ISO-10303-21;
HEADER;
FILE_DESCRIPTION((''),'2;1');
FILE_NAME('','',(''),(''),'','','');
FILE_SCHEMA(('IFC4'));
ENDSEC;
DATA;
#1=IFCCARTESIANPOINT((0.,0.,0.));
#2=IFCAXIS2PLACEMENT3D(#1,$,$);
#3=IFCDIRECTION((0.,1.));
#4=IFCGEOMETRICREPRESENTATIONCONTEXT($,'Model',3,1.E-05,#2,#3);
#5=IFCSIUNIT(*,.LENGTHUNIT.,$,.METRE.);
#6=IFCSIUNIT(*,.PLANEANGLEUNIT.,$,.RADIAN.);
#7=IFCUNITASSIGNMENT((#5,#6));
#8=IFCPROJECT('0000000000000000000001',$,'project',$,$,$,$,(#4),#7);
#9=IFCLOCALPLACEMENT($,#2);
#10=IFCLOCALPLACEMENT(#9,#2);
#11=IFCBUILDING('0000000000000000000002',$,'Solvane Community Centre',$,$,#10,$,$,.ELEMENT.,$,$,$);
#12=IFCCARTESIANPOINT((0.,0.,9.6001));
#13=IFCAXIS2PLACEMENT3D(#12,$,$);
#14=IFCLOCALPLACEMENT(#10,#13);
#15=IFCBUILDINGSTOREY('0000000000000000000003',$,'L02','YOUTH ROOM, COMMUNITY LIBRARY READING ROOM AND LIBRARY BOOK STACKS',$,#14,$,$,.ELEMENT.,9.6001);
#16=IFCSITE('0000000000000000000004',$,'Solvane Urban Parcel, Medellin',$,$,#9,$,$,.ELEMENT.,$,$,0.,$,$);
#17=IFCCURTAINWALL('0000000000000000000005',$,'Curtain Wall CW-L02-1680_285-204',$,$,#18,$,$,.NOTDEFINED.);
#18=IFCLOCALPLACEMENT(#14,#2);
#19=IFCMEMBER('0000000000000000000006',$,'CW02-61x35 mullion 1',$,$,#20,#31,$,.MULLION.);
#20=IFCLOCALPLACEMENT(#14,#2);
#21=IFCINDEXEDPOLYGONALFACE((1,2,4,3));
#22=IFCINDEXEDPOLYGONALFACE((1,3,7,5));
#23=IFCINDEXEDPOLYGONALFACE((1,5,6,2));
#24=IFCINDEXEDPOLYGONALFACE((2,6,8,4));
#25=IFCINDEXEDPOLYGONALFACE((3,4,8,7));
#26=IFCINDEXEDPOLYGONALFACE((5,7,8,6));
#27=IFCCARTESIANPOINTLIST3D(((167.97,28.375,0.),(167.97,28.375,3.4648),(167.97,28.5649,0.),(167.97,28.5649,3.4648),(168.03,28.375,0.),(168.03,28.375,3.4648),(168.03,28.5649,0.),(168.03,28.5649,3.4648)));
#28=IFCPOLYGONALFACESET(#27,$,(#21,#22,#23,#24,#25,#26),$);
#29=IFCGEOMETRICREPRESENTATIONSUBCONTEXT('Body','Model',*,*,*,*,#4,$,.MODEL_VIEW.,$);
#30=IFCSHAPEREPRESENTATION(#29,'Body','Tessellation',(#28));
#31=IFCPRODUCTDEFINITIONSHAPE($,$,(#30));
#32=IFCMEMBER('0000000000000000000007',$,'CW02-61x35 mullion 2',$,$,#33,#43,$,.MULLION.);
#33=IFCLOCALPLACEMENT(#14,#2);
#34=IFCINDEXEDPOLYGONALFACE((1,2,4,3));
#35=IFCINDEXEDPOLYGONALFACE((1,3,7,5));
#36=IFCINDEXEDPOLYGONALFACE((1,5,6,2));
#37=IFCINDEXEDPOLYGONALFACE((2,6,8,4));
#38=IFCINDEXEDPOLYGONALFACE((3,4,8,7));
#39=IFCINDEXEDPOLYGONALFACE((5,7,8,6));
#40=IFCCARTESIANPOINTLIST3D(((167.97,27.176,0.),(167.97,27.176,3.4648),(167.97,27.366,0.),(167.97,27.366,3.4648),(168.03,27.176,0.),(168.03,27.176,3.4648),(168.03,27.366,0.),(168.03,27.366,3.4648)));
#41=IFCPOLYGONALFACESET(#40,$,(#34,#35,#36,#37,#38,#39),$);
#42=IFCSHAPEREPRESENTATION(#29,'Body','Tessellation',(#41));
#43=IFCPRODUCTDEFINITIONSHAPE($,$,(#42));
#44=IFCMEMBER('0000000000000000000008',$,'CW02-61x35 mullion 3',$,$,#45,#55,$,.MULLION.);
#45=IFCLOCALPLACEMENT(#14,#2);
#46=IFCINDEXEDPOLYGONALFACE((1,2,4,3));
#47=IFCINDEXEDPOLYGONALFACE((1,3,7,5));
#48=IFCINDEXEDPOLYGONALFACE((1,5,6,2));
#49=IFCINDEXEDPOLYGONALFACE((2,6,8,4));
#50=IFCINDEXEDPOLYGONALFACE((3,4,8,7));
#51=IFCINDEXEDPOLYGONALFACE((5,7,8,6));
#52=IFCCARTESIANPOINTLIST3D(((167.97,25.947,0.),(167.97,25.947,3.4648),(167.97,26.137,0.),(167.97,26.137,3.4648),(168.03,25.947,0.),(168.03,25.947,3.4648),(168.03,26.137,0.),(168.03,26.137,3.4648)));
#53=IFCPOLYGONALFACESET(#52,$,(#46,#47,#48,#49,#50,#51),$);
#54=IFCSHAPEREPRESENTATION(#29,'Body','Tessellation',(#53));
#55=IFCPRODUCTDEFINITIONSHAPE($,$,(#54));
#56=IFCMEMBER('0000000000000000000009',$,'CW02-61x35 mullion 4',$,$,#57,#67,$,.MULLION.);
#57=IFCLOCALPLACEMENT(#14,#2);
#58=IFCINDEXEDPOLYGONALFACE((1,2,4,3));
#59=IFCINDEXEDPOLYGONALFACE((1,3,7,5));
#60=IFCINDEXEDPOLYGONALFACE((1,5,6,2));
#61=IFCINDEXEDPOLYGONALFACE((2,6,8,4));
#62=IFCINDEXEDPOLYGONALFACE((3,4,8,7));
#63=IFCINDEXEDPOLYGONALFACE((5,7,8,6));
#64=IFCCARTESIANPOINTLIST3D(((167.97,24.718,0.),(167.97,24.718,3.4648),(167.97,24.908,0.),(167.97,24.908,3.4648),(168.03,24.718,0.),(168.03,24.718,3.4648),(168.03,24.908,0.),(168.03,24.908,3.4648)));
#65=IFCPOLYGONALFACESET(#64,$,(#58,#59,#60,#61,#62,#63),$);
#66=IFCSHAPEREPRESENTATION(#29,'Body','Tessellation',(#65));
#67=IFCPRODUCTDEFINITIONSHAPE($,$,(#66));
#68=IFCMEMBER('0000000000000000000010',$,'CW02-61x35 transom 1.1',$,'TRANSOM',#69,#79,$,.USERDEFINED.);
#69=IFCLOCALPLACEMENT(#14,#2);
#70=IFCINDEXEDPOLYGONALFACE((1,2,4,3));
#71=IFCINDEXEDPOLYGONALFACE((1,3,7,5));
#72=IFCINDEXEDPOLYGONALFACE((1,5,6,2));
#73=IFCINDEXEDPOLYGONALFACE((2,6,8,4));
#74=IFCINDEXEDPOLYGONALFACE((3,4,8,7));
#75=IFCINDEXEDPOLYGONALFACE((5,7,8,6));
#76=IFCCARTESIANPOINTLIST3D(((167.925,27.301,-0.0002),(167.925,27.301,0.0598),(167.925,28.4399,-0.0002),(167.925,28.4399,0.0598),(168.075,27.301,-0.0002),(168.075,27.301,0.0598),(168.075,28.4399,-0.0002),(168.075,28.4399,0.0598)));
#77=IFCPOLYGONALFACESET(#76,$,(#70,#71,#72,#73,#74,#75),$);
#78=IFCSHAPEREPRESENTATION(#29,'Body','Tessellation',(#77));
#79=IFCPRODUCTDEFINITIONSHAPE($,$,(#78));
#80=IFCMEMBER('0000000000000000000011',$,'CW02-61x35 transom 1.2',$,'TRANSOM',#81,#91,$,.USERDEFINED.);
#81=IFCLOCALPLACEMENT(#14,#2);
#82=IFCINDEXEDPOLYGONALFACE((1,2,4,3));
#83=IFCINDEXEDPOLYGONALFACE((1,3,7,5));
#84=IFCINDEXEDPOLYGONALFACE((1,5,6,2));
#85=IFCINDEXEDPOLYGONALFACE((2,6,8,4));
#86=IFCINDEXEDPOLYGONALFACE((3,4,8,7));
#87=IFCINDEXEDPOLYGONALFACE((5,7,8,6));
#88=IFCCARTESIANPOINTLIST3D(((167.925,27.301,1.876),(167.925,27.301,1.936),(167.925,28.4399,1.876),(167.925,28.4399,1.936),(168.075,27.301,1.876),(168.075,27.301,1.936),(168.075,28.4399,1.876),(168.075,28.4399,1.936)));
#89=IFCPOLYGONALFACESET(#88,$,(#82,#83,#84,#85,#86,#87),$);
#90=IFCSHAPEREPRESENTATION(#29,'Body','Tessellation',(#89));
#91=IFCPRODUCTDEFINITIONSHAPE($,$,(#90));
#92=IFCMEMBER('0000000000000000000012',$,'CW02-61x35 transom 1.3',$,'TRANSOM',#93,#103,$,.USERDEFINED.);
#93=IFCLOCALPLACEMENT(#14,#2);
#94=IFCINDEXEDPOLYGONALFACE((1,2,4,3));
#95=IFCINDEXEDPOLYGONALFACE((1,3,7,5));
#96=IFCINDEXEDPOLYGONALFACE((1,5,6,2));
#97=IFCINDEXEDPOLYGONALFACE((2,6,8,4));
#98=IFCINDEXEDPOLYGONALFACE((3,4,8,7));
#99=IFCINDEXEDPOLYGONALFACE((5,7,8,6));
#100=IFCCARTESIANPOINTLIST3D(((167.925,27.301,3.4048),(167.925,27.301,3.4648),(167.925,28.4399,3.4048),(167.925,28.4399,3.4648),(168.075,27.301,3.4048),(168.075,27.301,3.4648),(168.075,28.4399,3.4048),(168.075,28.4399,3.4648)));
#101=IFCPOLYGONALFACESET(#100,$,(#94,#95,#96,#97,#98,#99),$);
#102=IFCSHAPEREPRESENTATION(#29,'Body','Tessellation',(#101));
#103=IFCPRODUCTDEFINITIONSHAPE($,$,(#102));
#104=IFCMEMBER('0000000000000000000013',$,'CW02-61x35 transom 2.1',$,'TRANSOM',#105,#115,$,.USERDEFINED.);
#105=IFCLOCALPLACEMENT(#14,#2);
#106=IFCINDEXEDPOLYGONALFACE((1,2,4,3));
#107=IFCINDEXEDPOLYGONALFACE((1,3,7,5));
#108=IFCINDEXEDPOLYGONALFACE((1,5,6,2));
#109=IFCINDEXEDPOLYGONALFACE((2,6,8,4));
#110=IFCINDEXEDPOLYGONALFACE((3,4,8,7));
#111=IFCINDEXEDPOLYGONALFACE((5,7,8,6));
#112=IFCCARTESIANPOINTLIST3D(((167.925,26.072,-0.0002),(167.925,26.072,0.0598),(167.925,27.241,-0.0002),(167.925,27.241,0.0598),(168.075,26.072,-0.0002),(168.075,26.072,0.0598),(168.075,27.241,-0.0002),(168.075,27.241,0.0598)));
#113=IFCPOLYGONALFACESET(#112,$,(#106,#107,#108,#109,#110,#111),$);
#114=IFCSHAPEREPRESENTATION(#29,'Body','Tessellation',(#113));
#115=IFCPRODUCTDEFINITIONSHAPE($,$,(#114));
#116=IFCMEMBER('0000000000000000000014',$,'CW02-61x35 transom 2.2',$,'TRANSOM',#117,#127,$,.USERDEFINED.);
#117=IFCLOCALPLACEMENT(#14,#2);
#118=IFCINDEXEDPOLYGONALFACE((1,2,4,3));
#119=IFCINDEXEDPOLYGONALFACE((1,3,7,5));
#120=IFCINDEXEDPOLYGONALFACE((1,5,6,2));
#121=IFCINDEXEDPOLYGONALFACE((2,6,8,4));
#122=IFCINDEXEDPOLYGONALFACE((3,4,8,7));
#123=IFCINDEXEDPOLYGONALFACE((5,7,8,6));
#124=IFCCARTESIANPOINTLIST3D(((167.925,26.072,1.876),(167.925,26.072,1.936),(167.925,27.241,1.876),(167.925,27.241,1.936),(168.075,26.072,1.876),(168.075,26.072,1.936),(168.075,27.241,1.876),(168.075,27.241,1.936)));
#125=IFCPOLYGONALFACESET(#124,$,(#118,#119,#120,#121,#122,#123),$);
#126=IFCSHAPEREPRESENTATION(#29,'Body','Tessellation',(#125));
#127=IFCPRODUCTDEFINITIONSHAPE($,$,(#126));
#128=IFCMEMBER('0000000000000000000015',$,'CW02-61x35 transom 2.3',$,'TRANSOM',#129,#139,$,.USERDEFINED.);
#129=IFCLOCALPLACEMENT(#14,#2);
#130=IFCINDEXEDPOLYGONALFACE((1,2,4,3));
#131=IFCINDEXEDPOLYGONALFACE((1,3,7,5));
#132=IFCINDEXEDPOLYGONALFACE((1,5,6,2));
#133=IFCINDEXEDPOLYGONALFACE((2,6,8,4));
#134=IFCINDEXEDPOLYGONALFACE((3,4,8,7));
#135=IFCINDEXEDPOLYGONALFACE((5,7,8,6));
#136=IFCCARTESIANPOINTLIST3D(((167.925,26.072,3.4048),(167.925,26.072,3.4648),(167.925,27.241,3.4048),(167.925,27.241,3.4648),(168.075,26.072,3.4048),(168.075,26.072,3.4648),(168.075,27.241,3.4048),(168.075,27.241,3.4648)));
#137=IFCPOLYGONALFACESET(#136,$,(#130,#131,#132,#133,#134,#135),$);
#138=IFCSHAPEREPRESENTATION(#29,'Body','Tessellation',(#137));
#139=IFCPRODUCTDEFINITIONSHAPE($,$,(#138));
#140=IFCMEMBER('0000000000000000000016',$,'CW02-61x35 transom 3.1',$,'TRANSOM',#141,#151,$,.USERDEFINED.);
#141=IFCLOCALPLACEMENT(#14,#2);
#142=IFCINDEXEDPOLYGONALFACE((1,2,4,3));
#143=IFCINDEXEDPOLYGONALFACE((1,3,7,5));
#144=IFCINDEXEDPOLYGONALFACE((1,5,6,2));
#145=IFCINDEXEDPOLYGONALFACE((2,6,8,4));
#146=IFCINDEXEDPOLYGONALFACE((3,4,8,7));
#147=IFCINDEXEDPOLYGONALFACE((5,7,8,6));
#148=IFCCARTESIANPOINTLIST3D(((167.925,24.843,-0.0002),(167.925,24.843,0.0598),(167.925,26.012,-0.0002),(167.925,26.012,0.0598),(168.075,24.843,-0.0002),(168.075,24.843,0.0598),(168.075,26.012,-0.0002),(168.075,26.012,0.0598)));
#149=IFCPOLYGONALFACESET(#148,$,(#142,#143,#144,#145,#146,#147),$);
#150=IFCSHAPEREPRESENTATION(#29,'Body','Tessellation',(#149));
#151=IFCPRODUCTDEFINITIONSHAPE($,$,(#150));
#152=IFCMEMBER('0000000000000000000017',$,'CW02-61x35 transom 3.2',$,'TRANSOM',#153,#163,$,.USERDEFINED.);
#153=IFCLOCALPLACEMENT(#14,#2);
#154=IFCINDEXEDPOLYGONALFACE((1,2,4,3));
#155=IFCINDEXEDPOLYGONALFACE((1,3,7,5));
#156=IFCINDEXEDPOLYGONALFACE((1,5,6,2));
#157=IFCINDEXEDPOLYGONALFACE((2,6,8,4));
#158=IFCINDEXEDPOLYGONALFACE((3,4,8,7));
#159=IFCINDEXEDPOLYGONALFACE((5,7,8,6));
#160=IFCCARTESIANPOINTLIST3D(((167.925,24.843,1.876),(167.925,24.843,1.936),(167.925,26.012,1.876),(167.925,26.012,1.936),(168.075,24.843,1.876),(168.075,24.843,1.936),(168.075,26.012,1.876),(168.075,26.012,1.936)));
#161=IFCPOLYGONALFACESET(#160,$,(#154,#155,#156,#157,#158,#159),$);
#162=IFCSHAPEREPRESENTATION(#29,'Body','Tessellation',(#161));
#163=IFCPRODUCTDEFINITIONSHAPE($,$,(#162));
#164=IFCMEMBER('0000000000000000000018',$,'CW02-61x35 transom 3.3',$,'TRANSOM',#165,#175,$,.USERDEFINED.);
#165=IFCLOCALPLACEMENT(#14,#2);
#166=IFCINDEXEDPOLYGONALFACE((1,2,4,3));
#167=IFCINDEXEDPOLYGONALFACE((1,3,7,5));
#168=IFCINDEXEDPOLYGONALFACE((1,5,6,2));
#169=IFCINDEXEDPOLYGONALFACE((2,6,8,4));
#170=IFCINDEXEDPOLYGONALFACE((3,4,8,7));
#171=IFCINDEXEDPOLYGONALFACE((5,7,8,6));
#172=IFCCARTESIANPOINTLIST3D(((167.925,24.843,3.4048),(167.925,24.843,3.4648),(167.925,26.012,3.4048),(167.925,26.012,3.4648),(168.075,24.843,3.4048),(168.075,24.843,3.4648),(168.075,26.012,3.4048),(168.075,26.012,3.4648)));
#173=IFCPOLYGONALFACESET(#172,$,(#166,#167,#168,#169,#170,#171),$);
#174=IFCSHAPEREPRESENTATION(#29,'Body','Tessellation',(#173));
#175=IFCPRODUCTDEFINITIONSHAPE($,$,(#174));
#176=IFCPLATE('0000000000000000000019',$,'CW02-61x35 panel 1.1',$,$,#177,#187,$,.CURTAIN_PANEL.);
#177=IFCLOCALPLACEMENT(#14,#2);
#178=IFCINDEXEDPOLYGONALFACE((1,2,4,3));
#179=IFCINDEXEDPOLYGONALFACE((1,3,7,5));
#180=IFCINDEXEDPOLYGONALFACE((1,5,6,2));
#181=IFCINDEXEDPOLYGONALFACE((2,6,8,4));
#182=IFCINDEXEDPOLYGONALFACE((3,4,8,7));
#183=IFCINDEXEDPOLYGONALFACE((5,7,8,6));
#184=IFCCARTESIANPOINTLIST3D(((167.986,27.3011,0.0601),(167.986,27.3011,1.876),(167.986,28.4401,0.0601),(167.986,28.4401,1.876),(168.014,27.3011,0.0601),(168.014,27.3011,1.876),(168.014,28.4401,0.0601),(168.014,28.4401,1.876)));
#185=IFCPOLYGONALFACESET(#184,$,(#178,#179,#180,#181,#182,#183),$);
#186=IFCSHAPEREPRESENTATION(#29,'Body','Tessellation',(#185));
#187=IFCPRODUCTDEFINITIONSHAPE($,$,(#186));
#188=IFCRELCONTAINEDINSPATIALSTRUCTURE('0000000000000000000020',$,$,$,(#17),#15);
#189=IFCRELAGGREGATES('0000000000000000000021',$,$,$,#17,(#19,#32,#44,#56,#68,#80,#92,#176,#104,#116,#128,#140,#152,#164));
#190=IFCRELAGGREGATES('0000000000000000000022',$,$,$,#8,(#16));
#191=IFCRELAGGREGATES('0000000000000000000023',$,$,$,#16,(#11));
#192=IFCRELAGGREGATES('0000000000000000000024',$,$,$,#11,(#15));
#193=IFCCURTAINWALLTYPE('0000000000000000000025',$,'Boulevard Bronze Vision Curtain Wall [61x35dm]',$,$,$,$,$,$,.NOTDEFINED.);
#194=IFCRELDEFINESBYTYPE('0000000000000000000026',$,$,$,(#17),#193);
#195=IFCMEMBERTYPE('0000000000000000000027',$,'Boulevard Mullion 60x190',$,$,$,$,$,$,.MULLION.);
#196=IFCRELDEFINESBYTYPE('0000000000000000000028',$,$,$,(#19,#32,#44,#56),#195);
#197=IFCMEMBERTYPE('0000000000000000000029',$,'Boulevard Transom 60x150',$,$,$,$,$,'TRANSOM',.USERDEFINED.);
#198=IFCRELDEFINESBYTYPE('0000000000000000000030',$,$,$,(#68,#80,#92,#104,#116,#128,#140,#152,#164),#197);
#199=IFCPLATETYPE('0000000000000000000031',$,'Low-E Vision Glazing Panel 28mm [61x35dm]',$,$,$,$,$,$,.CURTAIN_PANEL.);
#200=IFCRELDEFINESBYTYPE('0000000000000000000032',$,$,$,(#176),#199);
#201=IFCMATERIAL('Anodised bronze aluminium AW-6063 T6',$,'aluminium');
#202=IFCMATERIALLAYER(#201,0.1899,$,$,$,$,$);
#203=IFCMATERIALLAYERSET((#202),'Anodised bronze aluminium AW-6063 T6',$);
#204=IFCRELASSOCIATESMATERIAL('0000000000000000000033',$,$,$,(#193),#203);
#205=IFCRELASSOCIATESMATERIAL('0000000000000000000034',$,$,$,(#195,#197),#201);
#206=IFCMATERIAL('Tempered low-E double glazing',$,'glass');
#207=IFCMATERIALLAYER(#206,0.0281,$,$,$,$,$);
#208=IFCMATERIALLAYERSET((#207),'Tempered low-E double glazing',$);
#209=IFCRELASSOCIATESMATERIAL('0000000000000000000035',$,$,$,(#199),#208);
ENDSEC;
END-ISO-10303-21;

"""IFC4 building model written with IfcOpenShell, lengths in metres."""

from ifc_helpers import new_model, si_unit, direction, frame, origin, origin_2d, place, context, subcontext, project, spatial, rectangle, extrude, material, layer, layer_set, material_profile, profile_set, type_object, element, aggregate, save


model = new_model("IFC4")

# Units and contexts
model_context = context("Model", 3, precision=1e-05, world=origin(), true_north=direction((0.0, 1.0)))
body_context = subcontext(model_context, "Body", "Model", "MODEL_VIEW")
ifc_project = project(units=[si_unit("LENGTHUNIT", "METRE"), si_unit("PLANEANGLEUNIT", "RADIAN")], contexts=[model_context])

# Site, building, storey
site_placement = place(None, origin())
site = spatial("IfcSite", under=ifc_project, at=site_placement, Name="Solvane Urban Parcel, Medellin", CompositionType="ELEMENT", RefElevation=0.0)
building_placement = place(site_placement, origin())
building = spatial("IfcBuilding", under=site, at=building_placement, Name="Solvane Community Centre", CompositionType="ELEMENT")
storey_placement = place(building_placement, frame((0.0, 0.0, 9.6001)))
storey = spatial("IfcBuildingStorey", under=building, at=storey_placement, Name="L02", Description="YOUTH ROOM, COMMUNITY LIBRARY READING ROOM AND LIBRARY BOOK STACKS", CompositionType="ELEMENT", Elevation=9.6001)

# Curtain wall, members, plate
ifc_material_1 = material(Name="Anodised bronze aluminium AW-6063 T6", Category="aluminium")
ifc_layer_1 = layer(ifc_material_1, 0.1899)
ifc_layer_set_1 = layer_set([ifc_layer_1], Name="Anodised bronze aluminium AW-6063 T6")
curtain_wall_type = type_object("IfcCurtainWallType", Name="Boulevard Bronze Vision Curtain Wall [61x35dm]", PredefinedType="NOTDEFINED", material=ifc_layer_set_1)
curtain_wall_placement = place(storey_placement, origin())
curtain_wall = element("IfcCurtainWall", 1, at=curtain_wall_placement, inside=storey, type_object=curtain_wall_type, Name="Curtain Wall CW-L02-1680_285-204", PredefinedType="NOTDEFINED")
ifc_material_profile_1 = material_profile(ifc_material_1, rectangle(XDim=0.0601, YDim=0.1899, at=origin_2d()), Name="CW-M 60x190")
ifc_profile_set_1 = profile_set([ifc_material_profile_1], Name="Anodised bronze aluminium AW-6063 T6")
member_type_1 = type_object("IfcMemberType", Name="Boulevard Mullion 60x190", PredefinedType="MULLION", material=ifc_profile_set_1)
member_1_placement = place(storey_placement, frame((168.0, 28.47, 0.0), z_axis=(0.0, 0.0, 1.0), x_axis=(1.0, 0.0, 0.0)))
member_1 = element("IfcMember", 2, at=member_1_placement, type_object=member_type_1, Name="CW02-61x35 mullion 1", PredefinedType="MULLION", context=body_context, shape_type="SweptSolid", body=[
    extrude(rectangle(XDim=0.0601, YDim=0.1899, at=origin_2d()), origin(), (0.0, 0.0, 1.0), 3.4648),
])
member_2_placement = place(storey_placement, frame((168.0, 27.271, 0.0), z_axis=(0.0, 0.0, 1.0), x_axis=(1.0, 0.0, 0.0)))
member_2 = element("IfcMember", 3, at=member_2_placement, type_object=member_type_1, Name="CW02-61x35 mullion 2", PredefinedType="MULLION", context=body_context, shape_type="SweptSolid", body=[
    extrude(rectangle(XDim=0.0601, YDim=0.1899, at=origin_2d()), origin(), (0.0, 0.0, 1.0), 3.4648),
])
member_3_placement = place(storey_placement, frame((168.0, 26.042, 0.0), z_axis=(0.0, 0.0, 1.0), x_axis=(1.0, 0.0, 0.0)))
member_3 = element("IfcMember", 4, at=member_3_placement, type_object=member_type_1, Name="CW02-61x35 mullion 3", PredefinedType="MULLION", context=body_context, shape_type="SweptSolid", body=[
    extrude(rectangle(XDim=0.0601, YDim=0.1899, at=origin_2d()), origin(), (0.0, 0.0, 1.0), 3.4648),
])
member_4_placement = place(storey_placement, frame((168.0, 24.813, 0.0), z_axis=(0.0, 0.0, 1.0), x_axis=(1.0, 0.0, 0.0)))
member_4 = element("IfcMember", 5, at=member_4_placement, type_object=member_type_1, Name="CW02-61x35 mullion 4", PredefinedType="MULLION", context=body_context, shape_type="SweptSolid", body=[
    extrude(rectangle(XDim=0.0601, YDim=0.1899, at=origin_2d()), origin(), (0.0, 0.0, 1.0), 3.4648),
])
ifc_material_profile_2 = material_profile(ifc_material_1, rectangle(XDim=0.1499, YDim=0.0601, at=origin_2d()), Name="CW-T 60x150")
ifc_profile_set_2 = profile_set([ifc_material_profile_2], Name="Anodised bronze aluminium AW-6063 T6")
member_type_2 = type_object("IfcMemberType", Name="Boulevard Transom 60x150", ElementType="TRANSOM", PredefinedType="USERDEFINED", material=ifc_profile_set_2)
member_5_placement = place(storey_placement, frame((168.0, 28.4399, 0.0298), z_axis=(0.0, -1.0, 0.0), x_axis=(1.0, 0.0, 0.0)))
member_5 = element("IfcMember", 6, at=member_5_placement, type_object=member_type_2, Name="CW02-61x35 transom 1.1", ObjectType="TRANSOM", PredefinedType="USERDEFINED", context=body_context, shape_type="SweptSolid", body=[
    extrude(rectangle(XDim=0.1499, YDim=0.0601, at=origin_2d()), origin(), (0.0, 0.0, 1.0), 1.1389),
])
member_6_placement = place(storey_placement, frame((168.0, 28.4399, 1.906), z_axis=(0.0, -1.0, 0.0), x_axis=(1.0, 0.0, 0.0)))
member_6 = element("IfcMember", 7, at=member_6_placement, type_object=member_type_2, Name="CW02-61x35 transom 1.2", ObjectType="TRANSOM", PredefinedType="USERDEFINED", context=body_context, shape_type="SweptSolid", body=[
    extrude(rectangle(XDim=0.1499, YDim=0.0601, at=origin_2d()), origin(), (0.0, 0.0, 1.0), 1.1389),
])
member_7_placement = place(storey_placement, frame((168.0, 28.4399, 3.4348), z_axis=(0.0, -1.0, 0.0), x_axis=(1.0, 0.0, 0.0)))
member_7 = element("IfcMember", 8, at=member_7_placement, type_object=member_type_2, Name="CW02-61x35 transom 1.3", ObjectType="TRANSOM", PredefinedType="USERDEFINED", context=body_context, shape_type="SweptSolid", body=[
    extrude(rectangle(XDim=0.1499, YDim=0.0601, at=origin_2d()), origin(), (0.0, 0.0, 1.0), 1.1389),
])
member_8_placement = place(storey_placement, frame((168.0, 27.241, 0.0298), z_axis=(0.0, -1.0, 0.0), x_axis=(1.0, 0.0, 0.0)))
member_8 = element("IfcMember", 9, at=member_8_placement, type_object=member_type_2, Name="CW02-61x35 transom 2.1", ObjectType="TRANSOM", PredefinedType="USERDEFINED", context=body_context, shape_type="SweptSolid", body=[
    extrude(rectangle(XDim=0.1499, YDim=0.0601, at=origin_2d()), origin(), (0.0, 0.0, 1.0), 1.1689),
])
member_9_placement = place(storey_placement, frame((168.0, 27.241, 1.906), z_axis=(0.0, -1.0, 0.0), x_axis=(1.0, 0.0, 0.0)))
member_9 = element("IfcMember", 10, at=member_9_placement, type_object=member_type_2, Name="CW02-61x35 transom 2.2", ObjectType="TRANSOM", PredefinedType="USERDEFINED", context=body_context, shape_type="SweptSolid", body=[
    extrude(rectangle(XDim=0.1499, YDim=0.0601, at=origin_2d()), origin(), (0.0, 0.0, 1.0), 1.1689),
])
member_10_placement = place(storey_placement, frame((168.0, 27.241, 3.4348), z_axis=(0.0, -1.0, 0.0), x_axis=(1.0, 0.0, 0.0)))
member_10 = element("IfcMember", 11, at=member_10_placement, type_object=member_type_2, Name="CW02-61x35 transom 2.3", ObjectType="TRANSOM", PredefinedType="USERDEFINED", context=body_context, shape_type="SweptSolid", body=[
    extrude(rectangle(XDim=0.1499, YDim=0.0601, at=origin_2d()), origin(), (0.0, 0.0, 1.0), 1.1689),
])
member_11_placement = place(storey_placement, frame((168.0, 26.012, 0.0298), z_axis=(0.0, -1.0, 0.0), x_axis=(1.0, 0.0, 0.0)))
member_11 = element("IfcMember", 12, at=member_11_placement, type_object=member_type_2, Name="CW02-61x35 transom 3.1", ObjectType="TRANSOM", PredefinedType="USERDEFINED", context=body_context, shape_type="SweptSolid", body=[
    extrude(rectangle(XDim=0.1499, YDim=0.0601, at=origin_2d()), origin(), (0.0, 0.0, 1.0), 1.1689),
])
member_12_placement = place(storey_placement, frame((168.0, 26.012, 1.906), z_axis=(0.0, -1.0, 0.0), x_axis=(1.0, 0.0, 0.0)))
member_12 = element("IfcMember", 13, at=member_12_placement, type_object=member_type_2, Name="CW02-61x35 transom 3.2", ObjectType="TRANSOM", PredefinedType="USERDEFINED", context=body_context, shape_type="SweptSolid", body=[
    extrude(rectangle(XDim=0.1499, YDim=0.0601, at=origin_2d()), origin(), (0.0, 0.0, 1.0), 1.1689),
])
member_13_placement = place(storey_placement, frame((168.0, 26.012, 3.4348), z_axis=(0.0, -1.0, 0.0), x_axis=(1.0, 0.0, 0.0)))
member_13 = element("IfcMember", 14, at=member_13_placement, type_object=member_type_2, Name="CW02-61x35 transom 3.3", ObjectType="TRANSOM", PredefinedType="USERDEFINED", context=body_context, shape_type="SweptSolid", body=[
    extrude(rectangle(XDim=0.1499, YDim=0.0601, at=origin_2d()), origin(), (0.0, 0.0, 1.0), 1.1689),
])
ifc_material_2 = material(Name="Tempered low-E double glazing", Category="glass")
ifc_layer_2 = layer(ifc_material_2, 0.0281)
ifc_layer_set_2 = layer_set([ifc_layer_2], Name="Tempered low-E double glazing")
plate_type = type_object("IfcPlateType", Name="Low-E Vision Glazing Panel 28mm [61x35dm]", PredefinedType="CURTAIN_PANEL", material=ifc_layer_set_2)
plate_1_placement = place(storey_placement, frame((168.0, 27.8706, 0.0601), z_axis=(0.0, 0.0, 1.0), x_axis=(0.0, -1.0, 0.0)))
plate_1 = element("IfcPlate", 15, at=plate_1_placement, type_object=plate_type, Name="CW02-61x35 panel 1.1", PredefinedType="CURTAIN_PANEL", context=body_context, shape_type="SweptSolid", body=[
    extrude(rectangle(XDim=1.1389, YDim=0.0281, at=origin_2d()), origin(), (0.0, 0.0, 1.0), 1.8159),
])
aggregate(curtain_wall, [member_1, member_2, member_3, member_4, member_5, member_6, member_7, plate_1, member_8, member_9, member_10, member_11, member_12, member_13])

save(model, "model.ifc")
